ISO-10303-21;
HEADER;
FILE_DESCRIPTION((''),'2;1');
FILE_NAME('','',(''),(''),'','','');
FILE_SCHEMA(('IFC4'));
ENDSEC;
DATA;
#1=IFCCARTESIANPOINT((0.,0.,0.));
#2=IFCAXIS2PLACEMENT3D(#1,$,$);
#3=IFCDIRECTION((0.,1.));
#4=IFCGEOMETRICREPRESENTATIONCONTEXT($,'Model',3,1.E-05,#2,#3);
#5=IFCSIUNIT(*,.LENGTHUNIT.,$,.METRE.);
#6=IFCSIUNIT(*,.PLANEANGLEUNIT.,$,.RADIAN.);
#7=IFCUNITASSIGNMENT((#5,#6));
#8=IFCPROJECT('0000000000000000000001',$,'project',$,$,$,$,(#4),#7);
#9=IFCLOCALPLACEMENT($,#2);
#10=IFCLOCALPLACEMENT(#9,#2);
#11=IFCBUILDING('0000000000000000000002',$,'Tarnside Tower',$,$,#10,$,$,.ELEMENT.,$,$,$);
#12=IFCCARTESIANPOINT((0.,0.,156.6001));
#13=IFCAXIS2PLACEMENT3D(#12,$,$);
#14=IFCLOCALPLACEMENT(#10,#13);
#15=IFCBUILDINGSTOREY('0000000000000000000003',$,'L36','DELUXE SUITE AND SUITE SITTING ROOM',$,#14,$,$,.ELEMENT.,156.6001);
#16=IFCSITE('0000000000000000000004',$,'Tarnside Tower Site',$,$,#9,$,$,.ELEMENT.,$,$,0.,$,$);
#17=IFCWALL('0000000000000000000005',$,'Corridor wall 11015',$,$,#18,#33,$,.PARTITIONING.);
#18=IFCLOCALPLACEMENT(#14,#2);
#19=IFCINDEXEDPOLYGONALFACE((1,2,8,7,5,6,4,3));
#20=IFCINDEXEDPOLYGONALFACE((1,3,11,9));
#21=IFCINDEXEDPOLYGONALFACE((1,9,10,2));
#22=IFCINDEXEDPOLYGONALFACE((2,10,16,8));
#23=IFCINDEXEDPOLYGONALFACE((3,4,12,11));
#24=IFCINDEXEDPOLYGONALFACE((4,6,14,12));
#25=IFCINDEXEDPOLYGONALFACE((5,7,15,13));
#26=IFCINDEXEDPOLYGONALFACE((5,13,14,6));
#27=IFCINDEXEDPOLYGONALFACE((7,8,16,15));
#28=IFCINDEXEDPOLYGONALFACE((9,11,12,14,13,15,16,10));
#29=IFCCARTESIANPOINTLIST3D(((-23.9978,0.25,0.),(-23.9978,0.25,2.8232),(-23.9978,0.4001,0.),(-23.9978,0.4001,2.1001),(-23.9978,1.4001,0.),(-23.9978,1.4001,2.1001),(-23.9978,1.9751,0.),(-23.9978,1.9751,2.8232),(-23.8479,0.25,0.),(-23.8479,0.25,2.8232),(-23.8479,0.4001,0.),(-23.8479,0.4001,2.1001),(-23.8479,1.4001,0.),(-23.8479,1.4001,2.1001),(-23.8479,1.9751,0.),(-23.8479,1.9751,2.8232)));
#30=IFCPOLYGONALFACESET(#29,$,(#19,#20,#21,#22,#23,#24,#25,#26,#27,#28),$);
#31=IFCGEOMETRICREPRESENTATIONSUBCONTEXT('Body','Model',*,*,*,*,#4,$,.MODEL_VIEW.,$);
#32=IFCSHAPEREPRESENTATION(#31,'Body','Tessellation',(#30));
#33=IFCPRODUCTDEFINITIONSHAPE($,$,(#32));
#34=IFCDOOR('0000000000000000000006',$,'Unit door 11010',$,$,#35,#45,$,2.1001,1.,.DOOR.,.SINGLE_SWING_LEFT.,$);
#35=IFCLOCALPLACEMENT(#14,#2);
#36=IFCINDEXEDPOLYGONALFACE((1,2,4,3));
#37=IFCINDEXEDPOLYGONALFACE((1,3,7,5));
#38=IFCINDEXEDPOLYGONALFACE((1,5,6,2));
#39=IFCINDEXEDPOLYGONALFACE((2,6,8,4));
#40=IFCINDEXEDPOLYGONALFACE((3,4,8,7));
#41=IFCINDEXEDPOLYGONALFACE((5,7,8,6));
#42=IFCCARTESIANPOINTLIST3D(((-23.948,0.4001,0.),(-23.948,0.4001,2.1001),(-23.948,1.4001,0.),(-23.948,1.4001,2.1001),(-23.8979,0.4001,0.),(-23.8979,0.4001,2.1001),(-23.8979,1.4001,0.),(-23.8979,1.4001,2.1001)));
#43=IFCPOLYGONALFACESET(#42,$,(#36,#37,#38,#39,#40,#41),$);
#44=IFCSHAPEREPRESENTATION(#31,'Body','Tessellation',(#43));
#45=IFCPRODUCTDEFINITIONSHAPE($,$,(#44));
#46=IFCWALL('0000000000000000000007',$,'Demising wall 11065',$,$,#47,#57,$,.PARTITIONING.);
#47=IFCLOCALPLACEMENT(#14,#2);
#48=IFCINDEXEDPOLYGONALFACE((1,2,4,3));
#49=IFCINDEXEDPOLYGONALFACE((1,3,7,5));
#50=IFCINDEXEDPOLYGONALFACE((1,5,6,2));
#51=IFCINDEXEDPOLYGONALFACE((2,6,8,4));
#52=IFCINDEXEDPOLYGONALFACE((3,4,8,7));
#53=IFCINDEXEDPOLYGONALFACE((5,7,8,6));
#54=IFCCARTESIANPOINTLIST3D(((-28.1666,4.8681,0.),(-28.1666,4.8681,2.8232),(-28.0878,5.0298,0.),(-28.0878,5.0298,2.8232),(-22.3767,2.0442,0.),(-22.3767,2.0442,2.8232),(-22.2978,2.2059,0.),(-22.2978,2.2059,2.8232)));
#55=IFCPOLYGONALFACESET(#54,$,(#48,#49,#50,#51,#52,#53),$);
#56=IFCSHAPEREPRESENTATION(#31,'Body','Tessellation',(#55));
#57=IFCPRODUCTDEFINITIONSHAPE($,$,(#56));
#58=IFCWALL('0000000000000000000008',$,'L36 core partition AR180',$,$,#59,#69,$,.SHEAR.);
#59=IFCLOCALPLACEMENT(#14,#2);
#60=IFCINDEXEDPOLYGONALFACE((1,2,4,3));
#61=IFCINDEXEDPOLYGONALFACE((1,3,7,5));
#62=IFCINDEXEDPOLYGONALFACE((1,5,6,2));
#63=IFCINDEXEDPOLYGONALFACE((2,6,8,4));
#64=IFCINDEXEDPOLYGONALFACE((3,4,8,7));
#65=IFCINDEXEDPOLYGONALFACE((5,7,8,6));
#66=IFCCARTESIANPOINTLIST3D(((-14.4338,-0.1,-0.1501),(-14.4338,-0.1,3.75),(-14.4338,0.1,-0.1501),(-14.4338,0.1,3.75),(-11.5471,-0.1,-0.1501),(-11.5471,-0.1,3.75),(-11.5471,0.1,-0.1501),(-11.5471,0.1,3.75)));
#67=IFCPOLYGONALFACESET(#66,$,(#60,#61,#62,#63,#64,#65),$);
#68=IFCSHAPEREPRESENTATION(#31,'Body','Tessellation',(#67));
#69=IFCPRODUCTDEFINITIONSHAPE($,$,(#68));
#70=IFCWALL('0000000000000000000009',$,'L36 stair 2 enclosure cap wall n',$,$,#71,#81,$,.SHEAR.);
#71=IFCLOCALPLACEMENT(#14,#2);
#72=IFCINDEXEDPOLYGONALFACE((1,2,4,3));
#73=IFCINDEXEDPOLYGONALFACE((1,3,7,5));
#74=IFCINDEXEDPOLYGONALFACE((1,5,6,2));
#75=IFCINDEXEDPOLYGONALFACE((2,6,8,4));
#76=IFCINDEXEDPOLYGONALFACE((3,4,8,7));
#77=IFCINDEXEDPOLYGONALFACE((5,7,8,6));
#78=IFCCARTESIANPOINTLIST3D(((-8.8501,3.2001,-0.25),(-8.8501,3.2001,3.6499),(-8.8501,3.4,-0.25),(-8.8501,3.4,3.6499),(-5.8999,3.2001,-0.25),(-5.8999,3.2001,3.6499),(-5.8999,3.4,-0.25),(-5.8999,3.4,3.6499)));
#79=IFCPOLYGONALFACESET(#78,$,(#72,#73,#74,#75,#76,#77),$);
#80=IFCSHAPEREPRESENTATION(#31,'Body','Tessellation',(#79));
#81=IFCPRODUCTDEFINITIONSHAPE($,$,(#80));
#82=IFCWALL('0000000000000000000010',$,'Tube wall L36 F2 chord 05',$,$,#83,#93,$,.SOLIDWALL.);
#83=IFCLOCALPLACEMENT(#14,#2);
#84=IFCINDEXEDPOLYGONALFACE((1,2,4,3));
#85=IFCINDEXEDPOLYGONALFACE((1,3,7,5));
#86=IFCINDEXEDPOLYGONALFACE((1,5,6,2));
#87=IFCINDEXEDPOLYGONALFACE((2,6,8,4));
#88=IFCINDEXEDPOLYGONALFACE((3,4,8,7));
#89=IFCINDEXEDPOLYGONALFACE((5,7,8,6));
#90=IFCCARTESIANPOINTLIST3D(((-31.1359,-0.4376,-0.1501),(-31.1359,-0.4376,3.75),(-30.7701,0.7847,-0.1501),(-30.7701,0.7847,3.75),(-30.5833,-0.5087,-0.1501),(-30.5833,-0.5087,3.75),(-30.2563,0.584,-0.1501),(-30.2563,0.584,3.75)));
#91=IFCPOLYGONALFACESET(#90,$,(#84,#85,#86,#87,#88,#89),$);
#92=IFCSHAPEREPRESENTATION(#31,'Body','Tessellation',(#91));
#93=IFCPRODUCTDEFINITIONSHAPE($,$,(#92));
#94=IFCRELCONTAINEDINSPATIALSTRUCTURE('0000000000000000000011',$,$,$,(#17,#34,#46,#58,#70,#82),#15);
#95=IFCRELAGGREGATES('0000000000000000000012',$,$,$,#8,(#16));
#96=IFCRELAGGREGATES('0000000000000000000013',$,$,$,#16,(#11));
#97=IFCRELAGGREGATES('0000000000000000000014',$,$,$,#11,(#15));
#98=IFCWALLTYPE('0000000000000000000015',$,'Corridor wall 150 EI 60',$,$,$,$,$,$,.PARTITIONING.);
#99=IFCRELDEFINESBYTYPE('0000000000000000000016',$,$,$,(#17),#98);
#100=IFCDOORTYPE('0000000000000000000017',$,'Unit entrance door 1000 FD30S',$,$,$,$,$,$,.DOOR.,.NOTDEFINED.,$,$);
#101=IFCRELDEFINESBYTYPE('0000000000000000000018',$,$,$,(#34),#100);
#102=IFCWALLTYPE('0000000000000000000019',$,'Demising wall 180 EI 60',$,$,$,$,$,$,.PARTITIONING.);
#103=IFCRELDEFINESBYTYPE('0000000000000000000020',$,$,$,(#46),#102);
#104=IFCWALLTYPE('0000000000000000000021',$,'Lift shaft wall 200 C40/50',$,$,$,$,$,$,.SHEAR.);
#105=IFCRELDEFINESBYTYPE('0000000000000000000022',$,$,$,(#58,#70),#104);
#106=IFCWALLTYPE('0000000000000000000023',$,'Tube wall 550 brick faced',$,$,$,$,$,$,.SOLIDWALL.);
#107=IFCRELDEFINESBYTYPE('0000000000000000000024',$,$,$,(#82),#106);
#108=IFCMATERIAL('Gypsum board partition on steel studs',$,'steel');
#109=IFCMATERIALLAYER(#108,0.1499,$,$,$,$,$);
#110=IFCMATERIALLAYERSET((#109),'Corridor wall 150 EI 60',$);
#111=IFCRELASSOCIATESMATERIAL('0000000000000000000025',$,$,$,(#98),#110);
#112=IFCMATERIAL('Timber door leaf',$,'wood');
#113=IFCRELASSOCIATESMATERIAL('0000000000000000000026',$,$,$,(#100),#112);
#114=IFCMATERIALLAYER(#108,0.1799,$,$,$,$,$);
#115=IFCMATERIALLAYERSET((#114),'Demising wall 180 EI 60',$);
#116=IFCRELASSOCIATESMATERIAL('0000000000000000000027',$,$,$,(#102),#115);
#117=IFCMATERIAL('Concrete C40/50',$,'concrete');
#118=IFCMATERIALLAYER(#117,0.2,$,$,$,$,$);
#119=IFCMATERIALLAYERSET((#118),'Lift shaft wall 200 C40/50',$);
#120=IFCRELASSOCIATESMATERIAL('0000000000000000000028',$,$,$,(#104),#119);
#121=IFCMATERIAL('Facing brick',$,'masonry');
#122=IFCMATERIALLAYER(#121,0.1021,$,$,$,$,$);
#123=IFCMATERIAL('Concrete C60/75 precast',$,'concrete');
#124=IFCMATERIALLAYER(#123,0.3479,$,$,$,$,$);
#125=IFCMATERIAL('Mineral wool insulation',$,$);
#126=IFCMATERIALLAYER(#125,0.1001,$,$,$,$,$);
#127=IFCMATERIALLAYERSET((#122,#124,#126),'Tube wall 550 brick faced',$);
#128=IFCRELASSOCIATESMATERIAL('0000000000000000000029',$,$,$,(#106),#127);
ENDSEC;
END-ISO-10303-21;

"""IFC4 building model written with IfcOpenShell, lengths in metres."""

from ifc_helpers import new_model, si_unit, direction, frame, frame_2d, origin, place, context, subcontext, project, spatial, polyline, rectangle, outline, extrude, material, layer, layer_set, type_object, element, fill, save


model = new_model("IFC4")

# Units and contexts
model_context = context("Model", 3, precision=1e-05, world=origin(), true_north=direction((0.0, 1.0)))
body_context = subcontext(model_context, "Body", "Model", "MODEL_VIEW")
ifc_project = project(units=[si_unit("LENGTHUNIT", "METRE"), si_unit("PLANEANGLEUNIT", "RADIAN")], contexts=[model_context])

# Site, building, storey
site_placement = place(None, origin())
site = spatial("IfcSite", under=ifc_project, at=site_placement, Name="Tarnside Tower Site", CompositionType="ELEMENT", RefElevation=0.0)
building_placement = place(site_placement, origin())
building = spatial("IfcBuilding", under=site, at=building_placement, Name="Tarnside Tower", CompositionType="ELEMENT")
storey_placement = place(building_placement, frame((0.0, 0.0, 156.6001)))
storey = spatial("IfcBuildingStorey", under=building, at=storey_placement, Name="L36", Description="DELUXE SUITE AND SUITE SITTING ROOM", CompositionType="ELEMENT", Elevation=156.6001)

# Shared definitions
ifc_material_1 = material(Name="Gypsum board partition on steel studs", Category="steel")
ifc_material_2 = material(Name="Timber door leaf", Category="wood")

# Shared definitions
ifc_layer_1 = layer(ifc_material_1, 0.1499)
ifc_layer_set_1 = layer_set([ifc_layer_1], Name="Corridor wall 150 EI 60")
wall_type_1 = type_object("IfcWallType", Name="Corridor wall 150 EI 60", PredefinedType="PARTITIONING", material=ifc_layer_set_1)

# Wall, opening, door
wall_1_placement = place(storey_placement, frame((-23.9229, 1.9751, 0.0), z_axis=(0.0, 0.0, 1.0), x_axis=(0.0, -1.0, 0.0)))
wall_1 = element("IfcWall", 1, at=wall_1_placement, inside=storey, type_object=wall_type_1, Name="Corridor wall 11015", PredefinedType="PARTITIONING", context=body_context, shape_type="SweptSolid", body=[
    extrude(rectangle(XDim=1.7251, YDim=0.1499, at=frame_2d((0.8625, 0.0))), origin(), (0.0, 0.0, 1.0), 2.8232),
])
opening_1_placement = place(wall_1_placement, frame((0.575, 0.0, 0.0)))
opening_1 = element("IfcOpeningElement", 2, at=opening_1_placement, cuts=wall_1, PredefinedType="OPENING", context=body_context, shape_type="SweptSolid", body=[
    extrude(rectangle(XDim=1.0, YDim=2.1001, at=frame_2d((0.5, 1.05))), frame((0.0, 0.085, 0.0), z_axis=(0.0, -1.0, 0.0), x_axis=(1.0, 0.0, 0.0)), (0.0, 0.0, 1.0), 0.1699),
])
door_type_1 = type_object("IfcDoorType", Name="Unit entrance door 1000 FD30S", OperationType="NOTDEFINED", PredefinedType="DOOR", material=ifc_material_2)
door_1_placement = place(opening_1_placement, origin())
door_1 = element("IfcDoor", 3, at=door_1_placement, inside=storey, type_object=door_type_1, Name="Unit door 11010", OperationType="SINGLE_SWING_LEFT", OverallHeight=2.1001, OverallWidth=1.0, PredefinedType="DOOR", context=body_context, shape_type="SweptSolid", body=[
    extrude(rectangle(XDim=1.0, YDim=2.1001, at=frame_2d((0.5, 1.05))), frame((0.0, 0.0249, 0.0), z_axis=(0.0, -1.0, 0.0), x_axis=(1.0, 0.0, 0.0)), (0.0, 0.0, 1.0), 0.05),
])
fill(opening_1, door_1)

# Walls
ifc_layer_2 = layer(ifc_material_1, 0.1799)
ifc_layer_set_2 = layer_set([ifc_layer_2], Name="Demising wall 180 EI 60")
wall_type_2 = type_object("IfcWallType", Name="Demising wall 180 EI 60", PredefinedType="PARTITIONING", material=ifc_layer_set_2)
wall_2_placement = place(storey_placement, frame((-28.1272, 4.949, 0.0), z_axis=(0.0, 0.0, 1.0), x_axis=(0.898795, -0.438369, 0.0)))
element("IfcWall", 4, at=wall_2_placement, inside=storey, type_object=wall_type_2, Name="Demising wall 11065", PredefinedType="PARTITIONING", context=body_context, shape_type="SweptSolid", body=[
    extrude(rectangle(XDim=6.4419, YDim=0.1799, at=frame_2d((3.2209, 0.0))), origin(), (0.0, 0.0, 1.0), 2.8232),
])
ifc_material_3 = material(Name="Concrete C40/50", Category="concrete")
ifc_layer_3 = layer(ifc_material_3, 0.2)
ifc_layer_set_3 = layer_set([ifc_layer_3], Name="Lift shaft wall 200 C40/50")
wall_type_3 = type_object("IfcWallType", Name="Lift shaft wall 200 C40/50", PredefinedType="SHEAR", material=ifc_layer_set_3)
wall_3_placement = place(storey_placement, frame((-11.5471, 0.0, -0.1501), z_axis=(0.0, 0.0, 1.0), x_axis=(-1.0, 0.0, 0.0)))
element("IfcWall", 5, at=wall_3_placement, inside=storey, type_object=wall_type_3, Name="L36 core partition AR180", PredefinedType="SHEAR", context=body_context, shape_type="SweptSolid", body=[
    extrude(rectangle(XDim=2.8867, YDim=0.2, at=frame_2d((1.4434, 0.0))), origin(), (0.0, 0.0, 1.0), 3.9001),
])
wall_4_placement = place(storey_placement, frame((-8.8501, 3.3, -0.25), z_axis=(0.0, 0.0, 1.0), x_axis=(1.0, 0.0, 0.0)))
element("IfcWall", 6, at=wall_4_placement, inside=storey, type_object=wall_type_3, Name="L36 stair 2 enclosure cap wall n", PredefinedType="SHEAR", context=body_context, shape_type="SweptSolid", body=[
    extrude(rectangle(XDim=2.9502, YDim=0.2, at=frame_2d((1.4751, 0.0))), origin(), (0.0, 0.0, 1.0), 3.8999),
])
ifc_material_4 = material(Name="Facing brick", Category="masonry")
ifc_layer_4 = layer(ifc_material_4, 0.1021)
ifc_material_5 = material(Name="Concrete C60/75 precast", Category="concrete")
ifc_layer_5 = layer(ifc_material_5, 0.3479)
ifc_material_6 = material(Name="Mineral wool insulation")
ifc_layer_6 = layer(ifc_material_6, 0.1001)
ifc_layer_set_4 = layer_set([ifc_layer_4, ifc_layer_5, ifc_layer_6], Name="Tube wall 550 brick faced")
wall_type_4 = type_object("IfcWallType", Name="Tube wall 550 brick faced", PredefinedType="SOLIDWALL", material=ifc_layer_set_4)
wall_5_placement = place(storey_placement, frame((-30.5132, 0.6843, -0.1501), z_axis=(0.0, 0.0, 1.0), x_axis=(-0.286736, -0.95801, 0.0)))
element("IfcWall", 7, at=wall_5_placement, inside=storey, type_object=wall_type_4, Name="Tube wall L36 F2 chord 05", PredefinedType="SOLIDWALL", context=body_context, shape_type="SweptSolid", body=[
    extrude(outline(polyline([(-0.0225, -0.2749), (1.2534, -0.2749), (1.1631, 0.2749), (0.0225, 0.2749), (-0.0225, -0.2749)])), origin(), (0.0, 0.0, 1.0), 3.9001),
])

save(model, "model.ifc")
